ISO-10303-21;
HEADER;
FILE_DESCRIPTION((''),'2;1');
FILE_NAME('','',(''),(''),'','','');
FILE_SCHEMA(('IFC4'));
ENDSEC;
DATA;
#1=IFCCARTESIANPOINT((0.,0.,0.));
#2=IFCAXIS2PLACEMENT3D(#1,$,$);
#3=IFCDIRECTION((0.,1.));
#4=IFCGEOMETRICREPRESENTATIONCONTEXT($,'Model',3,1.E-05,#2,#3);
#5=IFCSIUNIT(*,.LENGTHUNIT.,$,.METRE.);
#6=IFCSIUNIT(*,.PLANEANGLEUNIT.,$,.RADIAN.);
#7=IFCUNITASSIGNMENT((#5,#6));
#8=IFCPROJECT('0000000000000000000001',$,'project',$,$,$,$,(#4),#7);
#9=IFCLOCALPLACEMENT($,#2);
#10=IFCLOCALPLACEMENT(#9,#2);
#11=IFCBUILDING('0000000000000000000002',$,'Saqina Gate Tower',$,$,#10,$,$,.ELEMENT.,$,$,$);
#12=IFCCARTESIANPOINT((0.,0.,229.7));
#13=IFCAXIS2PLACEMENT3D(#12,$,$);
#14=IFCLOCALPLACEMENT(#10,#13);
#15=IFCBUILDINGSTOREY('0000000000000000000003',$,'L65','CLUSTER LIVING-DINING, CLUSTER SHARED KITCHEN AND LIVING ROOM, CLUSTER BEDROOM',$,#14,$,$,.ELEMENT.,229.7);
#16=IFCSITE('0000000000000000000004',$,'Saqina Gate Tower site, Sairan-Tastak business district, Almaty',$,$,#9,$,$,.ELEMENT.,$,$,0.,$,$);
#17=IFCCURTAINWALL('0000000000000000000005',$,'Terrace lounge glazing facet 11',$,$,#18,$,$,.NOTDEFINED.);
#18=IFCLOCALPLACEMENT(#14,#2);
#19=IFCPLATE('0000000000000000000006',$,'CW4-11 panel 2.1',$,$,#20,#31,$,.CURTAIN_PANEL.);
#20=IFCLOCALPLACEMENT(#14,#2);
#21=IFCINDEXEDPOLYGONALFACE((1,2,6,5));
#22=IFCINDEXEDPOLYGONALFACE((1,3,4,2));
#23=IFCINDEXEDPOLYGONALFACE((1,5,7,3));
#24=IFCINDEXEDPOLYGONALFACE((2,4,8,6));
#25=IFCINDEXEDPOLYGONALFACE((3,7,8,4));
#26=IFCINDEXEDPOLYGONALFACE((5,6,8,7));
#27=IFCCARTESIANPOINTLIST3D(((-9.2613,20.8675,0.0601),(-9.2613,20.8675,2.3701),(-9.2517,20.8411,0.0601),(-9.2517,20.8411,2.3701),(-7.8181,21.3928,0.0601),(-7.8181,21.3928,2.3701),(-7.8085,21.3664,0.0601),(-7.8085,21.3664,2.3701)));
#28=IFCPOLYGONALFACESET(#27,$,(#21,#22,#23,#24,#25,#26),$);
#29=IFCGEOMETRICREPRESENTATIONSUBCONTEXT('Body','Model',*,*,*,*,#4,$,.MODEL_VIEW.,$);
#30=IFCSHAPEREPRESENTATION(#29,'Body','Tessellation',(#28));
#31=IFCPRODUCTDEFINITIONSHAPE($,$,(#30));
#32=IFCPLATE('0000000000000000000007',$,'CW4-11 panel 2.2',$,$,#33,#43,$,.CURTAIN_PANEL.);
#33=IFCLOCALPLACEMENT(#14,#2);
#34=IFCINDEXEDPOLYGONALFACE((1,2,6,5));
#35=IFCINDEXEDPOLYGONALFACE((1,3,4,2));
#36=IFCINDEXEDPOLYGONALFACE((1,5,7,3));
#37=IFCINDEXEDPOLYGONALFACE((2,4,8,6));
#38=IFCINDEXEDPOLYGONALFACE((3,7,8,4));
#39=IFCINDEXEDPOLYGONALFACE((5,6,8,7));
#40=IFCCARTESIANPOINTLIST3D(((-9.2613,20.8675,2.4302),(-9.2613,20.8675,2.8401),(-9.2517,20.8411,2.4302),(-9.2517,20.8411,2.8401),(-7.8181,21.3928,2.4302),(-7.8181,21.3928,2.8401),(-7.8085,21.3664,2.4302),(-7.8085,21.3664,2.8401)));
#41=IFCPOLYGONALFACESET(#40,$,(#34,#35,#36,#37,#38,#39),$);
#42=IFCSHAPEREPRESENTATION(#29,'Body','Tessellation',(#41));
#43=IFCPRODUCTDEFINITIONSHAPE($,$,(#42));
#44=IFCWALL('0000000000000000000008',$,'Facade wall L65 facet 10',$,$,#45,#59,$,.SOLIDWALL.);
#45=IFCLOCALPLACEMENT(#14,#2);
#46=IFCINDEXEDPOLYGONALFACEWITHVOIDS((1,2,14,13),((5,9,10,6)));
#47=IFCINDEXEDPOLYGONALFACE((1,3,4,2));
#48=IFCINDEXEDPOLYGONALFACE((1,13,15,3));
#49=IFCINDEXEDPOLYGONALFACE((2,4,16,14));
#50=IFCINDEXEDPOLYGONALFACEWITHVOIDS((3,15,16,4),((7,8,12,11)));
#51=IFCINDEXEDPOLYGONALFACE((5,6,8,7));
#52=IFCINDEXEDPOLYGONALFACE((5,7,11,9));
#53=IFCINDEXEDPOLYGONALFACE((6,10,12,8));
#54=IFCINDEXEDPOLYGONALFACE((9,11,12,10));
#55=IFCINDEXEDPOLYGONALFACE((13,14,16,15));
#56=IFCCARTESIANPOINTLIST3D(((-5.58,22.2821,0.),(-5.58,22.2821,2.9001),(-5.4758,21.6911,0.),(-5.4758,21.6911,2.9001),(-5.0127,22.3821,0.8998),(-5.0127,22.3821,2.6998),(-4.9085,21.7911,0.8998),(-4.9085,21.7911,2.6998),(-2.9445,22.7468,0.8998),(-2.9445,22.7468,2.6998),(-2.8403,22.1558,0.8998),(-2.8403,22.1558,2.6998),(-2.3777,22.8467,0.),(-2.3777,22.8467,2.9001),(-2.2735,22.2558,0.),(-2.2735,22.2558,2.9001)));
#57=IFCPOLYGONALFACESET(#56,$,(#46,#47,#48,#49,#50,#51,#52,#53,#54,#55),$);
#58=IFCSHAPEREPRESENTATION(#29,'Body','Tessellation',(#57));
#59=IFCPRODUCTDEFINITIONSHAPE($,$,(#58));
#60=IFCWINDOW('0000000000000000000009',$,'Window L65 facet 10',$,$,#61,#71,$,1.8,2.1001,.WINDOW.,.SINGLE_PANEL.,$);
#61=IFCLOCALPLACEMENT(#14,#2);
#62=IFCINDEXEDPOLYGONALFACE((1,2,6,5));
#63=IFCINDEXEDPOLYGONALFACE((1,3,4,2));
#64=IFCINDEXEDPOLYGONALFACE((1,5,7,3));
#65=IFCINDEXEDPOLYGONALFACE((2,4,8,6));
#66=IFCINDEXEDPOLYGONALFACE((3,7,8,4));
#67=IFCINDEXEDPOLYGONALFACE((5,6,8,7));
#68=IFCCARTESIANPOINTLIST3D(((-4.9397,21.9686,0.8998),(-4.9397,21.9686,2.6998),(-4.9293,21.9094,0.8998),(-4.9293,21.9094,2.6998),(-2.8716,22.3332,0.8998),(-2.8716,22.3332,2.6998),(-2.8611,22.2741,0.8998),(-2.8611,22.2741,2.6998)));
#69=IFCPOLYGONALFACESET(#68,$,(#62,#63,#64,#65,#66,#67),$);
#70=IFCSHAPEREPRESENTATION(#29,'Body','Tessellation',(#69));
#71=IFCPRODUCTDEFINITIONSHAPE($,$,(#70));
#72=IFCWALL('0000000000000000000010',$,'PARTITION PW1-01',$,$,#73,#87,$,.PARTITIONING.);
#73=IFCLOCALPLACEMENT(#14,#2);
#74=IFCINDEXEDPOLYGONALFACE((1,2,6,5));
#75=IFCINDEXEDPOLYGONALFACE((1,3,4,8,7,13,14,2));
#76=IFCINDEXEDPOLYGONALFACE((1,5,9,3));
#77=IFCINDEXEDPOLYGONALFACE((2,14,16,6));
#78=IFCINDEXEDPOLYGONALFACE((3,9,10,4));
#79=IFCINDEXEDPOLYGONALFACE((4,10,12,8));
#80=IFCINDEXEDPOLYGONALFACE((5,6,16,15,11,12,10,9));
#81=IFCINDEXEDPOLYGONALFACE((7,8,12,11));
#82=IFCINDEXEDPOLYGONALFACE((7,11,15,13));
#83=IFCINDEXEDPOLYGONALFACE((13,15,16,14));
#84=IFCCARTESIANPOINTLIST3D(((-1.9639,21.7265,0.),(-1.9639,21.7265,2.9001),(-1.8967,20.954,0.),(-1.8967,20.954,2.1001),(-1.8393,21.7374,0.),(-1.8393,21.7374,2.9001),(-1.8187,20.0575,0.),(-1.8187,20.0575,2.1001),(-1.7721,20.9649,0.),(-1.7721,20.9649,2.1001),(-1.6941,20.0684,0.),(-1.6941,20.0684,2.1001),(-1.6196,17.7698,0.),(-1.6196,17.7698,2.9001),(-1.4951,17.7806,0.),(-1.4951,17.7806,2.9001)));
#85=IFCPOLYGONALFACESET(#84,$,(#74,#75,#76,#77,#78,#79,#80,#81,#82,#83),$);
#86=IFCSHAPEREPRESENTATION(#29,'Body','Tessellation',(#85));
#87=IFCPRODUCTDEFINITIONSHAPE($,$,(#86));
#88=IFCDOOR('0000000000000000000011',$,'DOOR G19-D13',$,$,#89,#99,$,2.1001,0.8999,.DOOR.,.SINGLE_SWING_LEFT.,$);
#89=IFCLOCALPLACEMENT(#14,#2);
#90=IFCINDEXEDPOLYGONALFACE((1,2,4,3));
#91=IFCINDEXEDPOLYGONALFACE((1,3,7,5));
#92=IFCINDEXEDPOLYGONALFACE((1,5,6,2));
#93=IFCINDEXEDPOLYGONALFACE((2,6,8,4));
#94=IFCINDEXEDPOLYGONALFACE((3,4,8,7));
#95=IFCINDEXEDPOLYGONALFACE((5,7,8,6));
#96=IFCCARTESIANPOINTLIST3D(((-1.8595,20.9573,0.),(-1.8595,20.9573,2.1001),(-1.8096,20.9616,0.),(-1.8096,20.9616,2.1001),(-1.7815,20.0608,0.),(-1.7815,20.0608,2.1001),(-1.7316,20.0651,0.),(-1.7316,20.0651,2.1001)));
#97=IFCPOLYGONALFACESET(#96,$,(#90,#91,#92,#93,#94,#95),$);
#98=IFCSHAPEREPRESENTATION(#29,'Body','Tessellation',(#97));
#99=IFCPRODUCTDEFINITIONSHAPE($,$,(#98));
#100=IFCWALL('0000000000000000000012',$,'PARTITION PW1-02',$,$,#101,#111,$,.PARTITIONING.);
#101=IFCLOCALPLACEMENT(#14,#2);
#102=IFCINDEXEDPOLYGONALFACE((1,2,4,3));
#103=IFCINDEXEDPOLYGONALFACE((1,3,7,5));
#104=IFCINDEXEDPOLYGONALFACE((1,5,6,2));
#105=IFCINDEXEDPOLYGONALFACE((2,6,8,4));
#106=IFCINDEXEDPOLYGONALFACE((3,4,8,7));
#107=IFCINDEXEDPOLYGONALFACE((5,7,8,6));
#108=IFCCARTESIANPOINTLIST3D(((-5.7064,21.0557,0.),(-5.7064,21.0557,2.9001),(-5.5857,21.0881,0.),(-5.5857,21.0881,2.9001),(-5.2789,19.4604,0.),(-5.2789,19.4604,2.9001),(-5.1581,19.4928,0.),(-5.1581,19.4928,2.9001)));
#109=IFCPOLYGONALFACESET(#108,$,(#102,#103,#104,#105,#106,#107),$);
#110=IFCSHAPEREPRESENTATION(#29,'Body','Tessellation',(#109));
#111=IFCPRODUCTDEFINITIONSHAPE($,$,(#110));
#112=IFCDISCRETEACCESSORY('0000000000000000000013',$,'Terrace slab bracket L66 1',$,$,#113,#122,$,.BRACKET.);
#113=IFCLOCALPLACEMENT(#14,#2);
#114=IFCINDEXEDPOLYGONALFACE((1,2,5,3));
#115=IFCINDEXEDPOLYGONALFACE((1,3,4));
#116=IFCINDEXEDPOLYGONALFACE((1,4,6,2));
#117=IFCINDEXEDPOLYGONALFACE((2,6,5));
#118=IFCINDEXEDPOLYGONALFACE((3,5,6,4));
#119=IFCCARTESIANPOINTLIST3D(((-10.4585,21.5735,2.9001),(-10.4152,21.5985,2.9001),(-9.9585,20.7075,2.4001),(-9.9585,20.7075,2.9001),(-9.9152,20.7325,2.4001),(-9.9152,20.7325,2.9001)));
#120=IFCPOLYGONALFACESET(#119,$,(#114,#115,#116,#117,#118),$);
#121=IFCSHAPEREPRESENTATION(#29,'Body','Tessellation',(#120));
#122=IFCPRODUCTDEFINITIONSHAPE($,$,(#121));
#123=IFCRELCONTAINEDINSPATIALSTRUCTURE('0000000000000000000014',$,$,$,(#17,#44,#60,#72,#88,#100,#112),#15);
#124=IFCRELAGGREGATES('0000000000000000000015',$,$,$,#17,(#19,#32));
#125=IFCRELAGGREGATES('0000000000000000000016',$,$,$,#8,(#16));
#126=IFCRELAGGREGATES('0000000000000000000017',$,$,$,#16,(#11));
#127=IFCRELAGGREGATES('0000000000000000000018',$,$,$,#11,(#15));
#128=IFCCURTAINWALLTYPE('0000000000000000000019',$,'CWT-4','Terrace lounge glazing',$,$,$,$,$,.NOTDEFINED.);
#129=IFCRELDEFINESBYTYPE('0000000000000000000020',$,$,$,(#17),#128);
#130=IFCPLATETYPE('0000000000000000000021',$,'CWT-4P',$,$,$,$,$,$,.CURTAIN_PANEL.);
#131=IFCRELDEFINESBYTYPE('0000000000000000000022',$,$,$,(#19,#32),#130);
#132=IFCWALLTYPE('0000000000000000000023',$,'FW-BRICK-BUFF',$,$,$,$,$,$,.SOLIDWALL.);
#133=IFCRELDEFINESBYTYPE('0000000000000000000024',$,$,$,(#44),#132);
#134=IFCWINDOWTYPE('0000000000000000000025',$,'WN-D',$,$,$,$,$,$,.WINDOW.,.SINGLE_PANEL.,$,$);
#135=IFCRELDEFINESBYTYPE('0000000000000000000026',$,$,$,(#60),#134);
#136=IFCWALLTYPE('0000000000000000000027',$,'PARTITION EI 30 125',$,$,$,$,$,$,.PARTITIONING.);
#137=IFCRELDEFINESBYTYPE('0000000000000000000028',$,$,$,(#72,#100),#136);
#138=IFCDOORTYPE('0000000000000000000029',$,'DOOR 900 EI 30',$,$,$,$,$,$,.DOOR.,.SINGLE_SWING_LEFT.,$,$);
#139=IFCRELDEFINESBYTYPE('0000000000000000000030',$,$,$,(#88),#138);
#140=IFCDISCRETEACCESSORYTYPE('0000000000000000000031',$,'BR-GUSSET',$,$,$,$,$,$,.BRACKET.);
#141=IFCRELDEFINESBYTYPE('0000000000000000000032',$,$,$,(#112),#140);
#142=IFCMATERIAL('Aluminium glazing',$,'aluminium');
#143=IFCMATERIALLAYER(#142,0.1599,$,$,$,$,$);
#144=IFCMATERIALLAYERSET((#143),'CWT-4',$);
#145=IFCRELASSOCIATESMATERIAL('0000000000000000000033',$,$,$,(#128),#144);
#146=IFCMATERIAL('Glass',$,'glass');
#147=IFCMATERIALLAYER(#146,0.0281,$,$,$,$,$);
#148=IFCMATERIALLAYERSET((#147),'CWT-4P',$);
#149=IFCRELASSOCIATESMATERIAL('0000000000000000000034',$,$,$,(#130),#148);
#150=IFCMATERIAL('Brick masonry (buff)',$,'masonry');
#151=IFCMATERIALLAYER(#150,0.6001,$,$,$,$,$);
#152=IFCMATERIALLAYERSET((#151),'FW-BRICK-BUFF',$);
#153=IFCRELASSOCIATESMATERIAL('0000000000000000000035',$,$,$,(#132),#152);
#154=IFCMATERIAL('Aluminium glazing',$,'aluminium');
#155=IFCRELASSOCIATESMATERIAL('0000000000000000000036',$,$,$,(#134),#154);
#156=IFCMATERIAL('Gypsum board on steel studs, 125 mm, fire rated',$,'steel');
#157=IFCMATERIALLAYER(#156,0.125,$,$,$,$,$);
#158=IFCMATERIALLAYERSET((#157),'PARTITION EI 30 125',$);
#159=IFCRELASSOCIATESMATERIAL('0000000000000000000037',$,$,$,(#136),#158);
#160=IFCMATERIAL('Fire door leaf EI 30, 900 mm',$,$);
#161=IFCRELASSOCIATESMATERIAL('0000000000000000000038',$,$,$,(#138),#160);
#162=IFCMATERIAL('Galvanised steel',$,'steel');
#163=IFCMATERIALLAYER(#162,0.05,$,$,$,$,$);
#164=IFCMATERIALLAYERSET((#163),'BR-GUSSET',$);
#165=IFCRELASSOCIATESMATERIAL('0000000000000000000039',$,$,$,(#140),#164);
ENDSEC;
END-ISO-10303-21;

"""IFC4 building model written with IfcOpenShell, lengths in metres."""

from ifc_helpers import new_model, si_unit, direction, frame, frame_2d, origin, origin_2d, place, context, subcontext, project, spatial, polyline, rectangle, outline, extrude, material, layer, layer_set, type_object, element, fill, aggregate, save


model = new_model("IFC4")

# Units and contexts
model_context = context("Model", 3, precision=1e-05, world=origin(), true_north=direction((0.0, 1.0)))
body_context = subcontext(model_context, "Body", "Model", "MODEL_VIEW")
ifc_project = project(units=[si_unit("LENGTHUNIT", "METRE"), si_unit("PLANEANGLEUNIT", "RADIAN")], contexts=[model_context])

# Site, building, storey
site_placement = place(None, origin())
site = spatial("IfcSite", under=ifc_project, at=site_placement, Name="Saqina Gate Tower site, Sairan-Tastak business district, Almaty", CompositionType="ELEMENT", RefElevation=0.0)
building_placement = place(site_placement, origin())
building = spatial("IfcBuilding", under=site, at=building_placement, Name="Saqina Gate Tower", CompositionType="ELEMENT")
storey_placement = place(building_placement, frame((0.0, 0.0, 229.7)))
storey = spatial("IfcBuildingStorey", under=building, at=storey_placement, Name="L65", Description="CLUSTER LIVING-DINING, CLUSTER SHARED KITCHEN AND LIVING ROOM, CLUSTER BEDROOM", CompositionType="ELEMENT", Elevation=229.7)

# Curtain wall, plates
ifc_material_1 = material(Name="Aluminium glazing", Category="aluminium")
ifc_layer_1 = layer(ifc_material_1, 0.1599)
ifc_layer_set_1 = layer_set([ifc_layer_1], Name="CWT-4")
curtain_wall_type = type_object("IfcCurtainWallType", Name="CWT-4", Description="Terrace lounge glazing", PredefinedType="NOTDEFINED", material=ifc_layer_set_1)
curtain_wall_placement = place(storey_placement, origin())
curtain_wall = element("IfcCurtainWall", 1, at=curtain_wall_placement, inside=storey, type_object=curtain_wall_type, Name="Terrace lounge glazing facet 11", PredefinedType="NOTDEFINED")
ifc_material_2 = material(Name="Glass", Category="glass")
ifc_layer_2 = layer(ifc_material_2, 0.0281)
ifc_layer_set_2 = layer_set([ifc_layer_2], Name="CWT-4P")
plate_type = type_object("IfcPlateType", Name="CWT-4P", PredefinedType="CURTAIN_PANEL", material=ifc_layer_set_2)
plate_1_placement = place(storey_placement, frame((-8.5349, 21.1169, 0.0601), z_axis=(0.0, 0.0, 1.0), x_axis=(-0.939697, -0.342007, 0.0)))
plate_1 = element("IfcPlate", 2, at=plate_1_placement, type_object=plate_type, Name="CW4-11 panel 2.1", PredefinedType="CURTAIN_PANEL", context=body_context, shape_type="SweptSolid", body=[
    extrude(rectangle(XDim=1.5359, YDim=0.0281, at=origin_2d()), origin(), (0.0, 0.0, 1.0), 2.3101),
])
plate_2_placement = place(storey_placement, frame((-8.5349, 21.1169, 2.4302), z_axis=(0.0, 0.0, 1.0), x_axis=(-0.939697, -0.342007, 0.0)))
plate_2 = element("IfcPlate", 3, at=plate_2_placement, type_object=plate_type, Name="CW4-11 panel 2.2", PredefinedType="CURTAIN_PANEL", context=body_context, shape_type="SweptSolid", body=[
    extrude(rectangle(XDim=1.5359, YDim=0.0281, at=origin_2d()), origin(), (0.0, 0.0, 1.0), 0.4099),
])
aggregate(curtain_wall, [plate_1, plate_2])

# Wall, opening, window
ifc_material_3 = material(Name="Brick masonry (buff)", Category="masonry")
ifc_layer_3 = layer(ifc_material_3, 0.6001)
ifc_layer_set_3 = layer_set([ifc_layer_3], Name="FW-BRICK-BUFF")
wall_type_1 = type_object("IfcWallType", Name="FW-BRICK-BUFF", PredefinedType="SOLIDWALL", material=ifc_layer_set_3)
wall_1_placement = place(storey_placement, frame((-2.3254, 22.5513, 0.0), z_axis=(0.0, 0.0, 1.0), x_axis=(-0.984806, -0.173657, 0.0)))
wall_1 = element("IfcWall", 4, at=wall_1_placement, inside=storey, type_object=wall_type_1, Name="Facade wall L65 facet 10", PredefinedType="SOLIDWALL", context=body_context, shape_type="SweptSolid", body=[
    extrude(rectangle(XDim=3.2517, YDim=0.6001, at=frame_2d((1.626, 0.0))), origin(), (0.0, 0.0, 1.0), 2.9001),
])
opening_1_placement = place(wall_1_placement, frame((0.5757, 0.0, 0.8999)))
opening_1 = element("IfcOpeningElement", 5, at=opening_1_placement, cuts=wall_1, PredefinedType="OPENING", context=body_context, shape_type="SweptSolid", body=[
    extrude(rectangle(XDim=2.1001, YDim=1.8, at=frame_2d((1.05, 0.8999))), frame((0.0, 0.312, 0.0), z_axis=(0.0, -1.0, 0.0), x_axis=(1.0, 0.0, 0.0)), (0.0, 0.0, 1.0), 0.624),
])
ifc_material_4 = material(Name="Aluminium glazing", Category="aluminium")
window_type = type_object("IfcWindowType", Name="WN-D", PartitioningType="SINGLE_PANEL", PredefinedType="WINDOW", material=ifc_material_4)
window_placement = place(opening_1_placement, origin())
window = element("IfcWindow", 6, at=window_placement, inside=storey, type_object=window_type, Name="Window L65 facet 10", OverallHeight=1.8, OverallWidth=2.1001, PartitioningType="SINGLE_PANEL", PredefinedType="WINDOW", context=body_context, shape_type="SweptSolid", body=[
    extrude(rectangle(XDim=2.1001, YDim=1.8, at=frame_2d((1.05, 0.8999))), frame((0.0, 0.1799, 0.0), z_axis=(0.0, -1.0, 0.0), x_axis=(1.0, 0.0, 0.0)), (0.0, 0.0, 1.0), 0.0601),
])
fill(opening_1, window)

# Wall, opening, door
ifc_material_5 = material(Name="Gypsum board on steel studs, 125 mm, fire rated", Category="steel")
ifc_layer_4 = layer(ifc_material_5, 0.125)
ifc_layer_set_4 = layer_set([ifc_layer_4], Name="PARTITION EI 30 125")
wall_type_2 = type_object("IfcWallType", Name="PARTITION EI 30 125", PredefinedType="PARTITIONING", material=ifc_layer_set_4)
wall_2_placement = place(storey_placement, frame((-1.9016, 21.7319, 0.0), z_axis=(0.0, 0.0, 1.0), x_axis=(0.086672, -0.996237, 0.0)))
wall_2 = element("IfcWall", 7, at=wall_2_placement, inside=storey, type_object=wall_type_2, Name="PARTITION PW1-01", PredefinedType="PARTITIONING", context=body_context, shape_type="SweptSolid", body=[
    extrude(rectangle(XDim=3.9717, YDim=0.125, at=frame_2d((1.9858, 0.0))), origin(), (0.0, 0.0, 1.0), 2.9001),
])
opening_2_placement = place(wall_2_placement, frame((0.7754, 0.0, 0.0)))
opening_2 = element("IfcOpeningElement", 8, at=opening_2_placement, cuts=wall_2, PredefinedType="OPENING", context=body_context, shape_type="SweptSolid", body=[
    extrude(rectangle(XDim=0.8999, YDim=2.1001, at=frame_2d((0.45, 1.05))), frame((0.0, 0.0745, 0.0), z_axis=(0.0, -1.0, 0.0), x_axis=(1.0, 0.0, 0.0)), (0.0, 0.0, 1.0), 0.1489),
])
ifc_material_6 = material(Name="Fire door leaf EI 30, 900 mm")
door_type_1 = type_object("IfcDoorType", Name="DOOR 900 EI 30", OperationType="SINGLE_SWING_LEFT", PredefinedType="DOOR", material=ifc_material_6)
door_1_placement = place(opening_2_placement, origin())
door_1 = element("IfcDoor", 9, at=door_1_placement, inside=storey, type_object=door_type_1, Name="DOOR G19-D13", OperationType="SINGLE_SWING_LEFT", OverallHeight=2.1001, OverallWidth=0.8999, PredefinedType="DOOR", context=body_context, shape_type="SweptSolid", body=[
    extrude(rectangle(XDim=0.8999, YDim=2.1001, at=frame_2d((0.45, 1.05))), frame((0.0, 0.0249, 0.0), z_axis=(0.0, -1.0, 0.0), x_axis=(1.0, 0.0, 0.0)), (0.0, 0.0, 1.0), 0.05),
])
fill(opening_2, door_1)

# Wall
wall_3_placement = place(storey_placement, frame((-5.646, 21.0718, 0.0), z_axis=(0.0, 0.0, 1.0), x_axis=(0.258849, -0.965918, 0.0)))
element("IfcWall", 10, at=wall_3_placement, inside=storey, type_object=wall_type_2, Name="PARTITION PW1-02", PredefinedType="PARTITIONING", context=body_context, shape_type="SweptSolid", body=[
    extrude(rectangle(XDim=1.6516, YDim=0.125, at=frame_2d((0.8257, 0.0))), origin(), (0.0, 0.0, 1.0), 2.9001),
])

# Discrete accessory
ifc_material_7 = material(Name="Galvanised steel", Category="steel")
ifc_layer_5 = layer(ifc_material_7, 0.05)
ifc_layer_set_5 = layer_set([ifc_layer_5], Name="BR-GUSSET")
discrete_accessory_type = type_object("IfcDiscreteAccessoryType", Name="BR-GUSSET", PredefinedType="BRACKET", material=ifc_layer_set_5)
discrete_accessory_placement = place(storey_placement, frame((-9.9585, 20.7075, 2.4001), z_axis=(-0.866011, -0.500025, 0.0), x_axis=(0.0, 0.0, 1.0)))
element("IfcDiscreteAccessory", 11, at=discrete_accessory_placement, inside=storey, type_object=discrete_accessory_type, Name="Terrace slab bracket L66 1", PredefinedType="BRACKET", context=body_context, shape_type="SweptSolid", body=[
    extrude(outline(polyline([(0.0, 0.0), (0.5, 0.0), (0.5, 0.9999), (0.0, 0.0)])), origin(), (0.0, 0.0, -1.0), 0.05),
])

save(model, "model.ifc")
